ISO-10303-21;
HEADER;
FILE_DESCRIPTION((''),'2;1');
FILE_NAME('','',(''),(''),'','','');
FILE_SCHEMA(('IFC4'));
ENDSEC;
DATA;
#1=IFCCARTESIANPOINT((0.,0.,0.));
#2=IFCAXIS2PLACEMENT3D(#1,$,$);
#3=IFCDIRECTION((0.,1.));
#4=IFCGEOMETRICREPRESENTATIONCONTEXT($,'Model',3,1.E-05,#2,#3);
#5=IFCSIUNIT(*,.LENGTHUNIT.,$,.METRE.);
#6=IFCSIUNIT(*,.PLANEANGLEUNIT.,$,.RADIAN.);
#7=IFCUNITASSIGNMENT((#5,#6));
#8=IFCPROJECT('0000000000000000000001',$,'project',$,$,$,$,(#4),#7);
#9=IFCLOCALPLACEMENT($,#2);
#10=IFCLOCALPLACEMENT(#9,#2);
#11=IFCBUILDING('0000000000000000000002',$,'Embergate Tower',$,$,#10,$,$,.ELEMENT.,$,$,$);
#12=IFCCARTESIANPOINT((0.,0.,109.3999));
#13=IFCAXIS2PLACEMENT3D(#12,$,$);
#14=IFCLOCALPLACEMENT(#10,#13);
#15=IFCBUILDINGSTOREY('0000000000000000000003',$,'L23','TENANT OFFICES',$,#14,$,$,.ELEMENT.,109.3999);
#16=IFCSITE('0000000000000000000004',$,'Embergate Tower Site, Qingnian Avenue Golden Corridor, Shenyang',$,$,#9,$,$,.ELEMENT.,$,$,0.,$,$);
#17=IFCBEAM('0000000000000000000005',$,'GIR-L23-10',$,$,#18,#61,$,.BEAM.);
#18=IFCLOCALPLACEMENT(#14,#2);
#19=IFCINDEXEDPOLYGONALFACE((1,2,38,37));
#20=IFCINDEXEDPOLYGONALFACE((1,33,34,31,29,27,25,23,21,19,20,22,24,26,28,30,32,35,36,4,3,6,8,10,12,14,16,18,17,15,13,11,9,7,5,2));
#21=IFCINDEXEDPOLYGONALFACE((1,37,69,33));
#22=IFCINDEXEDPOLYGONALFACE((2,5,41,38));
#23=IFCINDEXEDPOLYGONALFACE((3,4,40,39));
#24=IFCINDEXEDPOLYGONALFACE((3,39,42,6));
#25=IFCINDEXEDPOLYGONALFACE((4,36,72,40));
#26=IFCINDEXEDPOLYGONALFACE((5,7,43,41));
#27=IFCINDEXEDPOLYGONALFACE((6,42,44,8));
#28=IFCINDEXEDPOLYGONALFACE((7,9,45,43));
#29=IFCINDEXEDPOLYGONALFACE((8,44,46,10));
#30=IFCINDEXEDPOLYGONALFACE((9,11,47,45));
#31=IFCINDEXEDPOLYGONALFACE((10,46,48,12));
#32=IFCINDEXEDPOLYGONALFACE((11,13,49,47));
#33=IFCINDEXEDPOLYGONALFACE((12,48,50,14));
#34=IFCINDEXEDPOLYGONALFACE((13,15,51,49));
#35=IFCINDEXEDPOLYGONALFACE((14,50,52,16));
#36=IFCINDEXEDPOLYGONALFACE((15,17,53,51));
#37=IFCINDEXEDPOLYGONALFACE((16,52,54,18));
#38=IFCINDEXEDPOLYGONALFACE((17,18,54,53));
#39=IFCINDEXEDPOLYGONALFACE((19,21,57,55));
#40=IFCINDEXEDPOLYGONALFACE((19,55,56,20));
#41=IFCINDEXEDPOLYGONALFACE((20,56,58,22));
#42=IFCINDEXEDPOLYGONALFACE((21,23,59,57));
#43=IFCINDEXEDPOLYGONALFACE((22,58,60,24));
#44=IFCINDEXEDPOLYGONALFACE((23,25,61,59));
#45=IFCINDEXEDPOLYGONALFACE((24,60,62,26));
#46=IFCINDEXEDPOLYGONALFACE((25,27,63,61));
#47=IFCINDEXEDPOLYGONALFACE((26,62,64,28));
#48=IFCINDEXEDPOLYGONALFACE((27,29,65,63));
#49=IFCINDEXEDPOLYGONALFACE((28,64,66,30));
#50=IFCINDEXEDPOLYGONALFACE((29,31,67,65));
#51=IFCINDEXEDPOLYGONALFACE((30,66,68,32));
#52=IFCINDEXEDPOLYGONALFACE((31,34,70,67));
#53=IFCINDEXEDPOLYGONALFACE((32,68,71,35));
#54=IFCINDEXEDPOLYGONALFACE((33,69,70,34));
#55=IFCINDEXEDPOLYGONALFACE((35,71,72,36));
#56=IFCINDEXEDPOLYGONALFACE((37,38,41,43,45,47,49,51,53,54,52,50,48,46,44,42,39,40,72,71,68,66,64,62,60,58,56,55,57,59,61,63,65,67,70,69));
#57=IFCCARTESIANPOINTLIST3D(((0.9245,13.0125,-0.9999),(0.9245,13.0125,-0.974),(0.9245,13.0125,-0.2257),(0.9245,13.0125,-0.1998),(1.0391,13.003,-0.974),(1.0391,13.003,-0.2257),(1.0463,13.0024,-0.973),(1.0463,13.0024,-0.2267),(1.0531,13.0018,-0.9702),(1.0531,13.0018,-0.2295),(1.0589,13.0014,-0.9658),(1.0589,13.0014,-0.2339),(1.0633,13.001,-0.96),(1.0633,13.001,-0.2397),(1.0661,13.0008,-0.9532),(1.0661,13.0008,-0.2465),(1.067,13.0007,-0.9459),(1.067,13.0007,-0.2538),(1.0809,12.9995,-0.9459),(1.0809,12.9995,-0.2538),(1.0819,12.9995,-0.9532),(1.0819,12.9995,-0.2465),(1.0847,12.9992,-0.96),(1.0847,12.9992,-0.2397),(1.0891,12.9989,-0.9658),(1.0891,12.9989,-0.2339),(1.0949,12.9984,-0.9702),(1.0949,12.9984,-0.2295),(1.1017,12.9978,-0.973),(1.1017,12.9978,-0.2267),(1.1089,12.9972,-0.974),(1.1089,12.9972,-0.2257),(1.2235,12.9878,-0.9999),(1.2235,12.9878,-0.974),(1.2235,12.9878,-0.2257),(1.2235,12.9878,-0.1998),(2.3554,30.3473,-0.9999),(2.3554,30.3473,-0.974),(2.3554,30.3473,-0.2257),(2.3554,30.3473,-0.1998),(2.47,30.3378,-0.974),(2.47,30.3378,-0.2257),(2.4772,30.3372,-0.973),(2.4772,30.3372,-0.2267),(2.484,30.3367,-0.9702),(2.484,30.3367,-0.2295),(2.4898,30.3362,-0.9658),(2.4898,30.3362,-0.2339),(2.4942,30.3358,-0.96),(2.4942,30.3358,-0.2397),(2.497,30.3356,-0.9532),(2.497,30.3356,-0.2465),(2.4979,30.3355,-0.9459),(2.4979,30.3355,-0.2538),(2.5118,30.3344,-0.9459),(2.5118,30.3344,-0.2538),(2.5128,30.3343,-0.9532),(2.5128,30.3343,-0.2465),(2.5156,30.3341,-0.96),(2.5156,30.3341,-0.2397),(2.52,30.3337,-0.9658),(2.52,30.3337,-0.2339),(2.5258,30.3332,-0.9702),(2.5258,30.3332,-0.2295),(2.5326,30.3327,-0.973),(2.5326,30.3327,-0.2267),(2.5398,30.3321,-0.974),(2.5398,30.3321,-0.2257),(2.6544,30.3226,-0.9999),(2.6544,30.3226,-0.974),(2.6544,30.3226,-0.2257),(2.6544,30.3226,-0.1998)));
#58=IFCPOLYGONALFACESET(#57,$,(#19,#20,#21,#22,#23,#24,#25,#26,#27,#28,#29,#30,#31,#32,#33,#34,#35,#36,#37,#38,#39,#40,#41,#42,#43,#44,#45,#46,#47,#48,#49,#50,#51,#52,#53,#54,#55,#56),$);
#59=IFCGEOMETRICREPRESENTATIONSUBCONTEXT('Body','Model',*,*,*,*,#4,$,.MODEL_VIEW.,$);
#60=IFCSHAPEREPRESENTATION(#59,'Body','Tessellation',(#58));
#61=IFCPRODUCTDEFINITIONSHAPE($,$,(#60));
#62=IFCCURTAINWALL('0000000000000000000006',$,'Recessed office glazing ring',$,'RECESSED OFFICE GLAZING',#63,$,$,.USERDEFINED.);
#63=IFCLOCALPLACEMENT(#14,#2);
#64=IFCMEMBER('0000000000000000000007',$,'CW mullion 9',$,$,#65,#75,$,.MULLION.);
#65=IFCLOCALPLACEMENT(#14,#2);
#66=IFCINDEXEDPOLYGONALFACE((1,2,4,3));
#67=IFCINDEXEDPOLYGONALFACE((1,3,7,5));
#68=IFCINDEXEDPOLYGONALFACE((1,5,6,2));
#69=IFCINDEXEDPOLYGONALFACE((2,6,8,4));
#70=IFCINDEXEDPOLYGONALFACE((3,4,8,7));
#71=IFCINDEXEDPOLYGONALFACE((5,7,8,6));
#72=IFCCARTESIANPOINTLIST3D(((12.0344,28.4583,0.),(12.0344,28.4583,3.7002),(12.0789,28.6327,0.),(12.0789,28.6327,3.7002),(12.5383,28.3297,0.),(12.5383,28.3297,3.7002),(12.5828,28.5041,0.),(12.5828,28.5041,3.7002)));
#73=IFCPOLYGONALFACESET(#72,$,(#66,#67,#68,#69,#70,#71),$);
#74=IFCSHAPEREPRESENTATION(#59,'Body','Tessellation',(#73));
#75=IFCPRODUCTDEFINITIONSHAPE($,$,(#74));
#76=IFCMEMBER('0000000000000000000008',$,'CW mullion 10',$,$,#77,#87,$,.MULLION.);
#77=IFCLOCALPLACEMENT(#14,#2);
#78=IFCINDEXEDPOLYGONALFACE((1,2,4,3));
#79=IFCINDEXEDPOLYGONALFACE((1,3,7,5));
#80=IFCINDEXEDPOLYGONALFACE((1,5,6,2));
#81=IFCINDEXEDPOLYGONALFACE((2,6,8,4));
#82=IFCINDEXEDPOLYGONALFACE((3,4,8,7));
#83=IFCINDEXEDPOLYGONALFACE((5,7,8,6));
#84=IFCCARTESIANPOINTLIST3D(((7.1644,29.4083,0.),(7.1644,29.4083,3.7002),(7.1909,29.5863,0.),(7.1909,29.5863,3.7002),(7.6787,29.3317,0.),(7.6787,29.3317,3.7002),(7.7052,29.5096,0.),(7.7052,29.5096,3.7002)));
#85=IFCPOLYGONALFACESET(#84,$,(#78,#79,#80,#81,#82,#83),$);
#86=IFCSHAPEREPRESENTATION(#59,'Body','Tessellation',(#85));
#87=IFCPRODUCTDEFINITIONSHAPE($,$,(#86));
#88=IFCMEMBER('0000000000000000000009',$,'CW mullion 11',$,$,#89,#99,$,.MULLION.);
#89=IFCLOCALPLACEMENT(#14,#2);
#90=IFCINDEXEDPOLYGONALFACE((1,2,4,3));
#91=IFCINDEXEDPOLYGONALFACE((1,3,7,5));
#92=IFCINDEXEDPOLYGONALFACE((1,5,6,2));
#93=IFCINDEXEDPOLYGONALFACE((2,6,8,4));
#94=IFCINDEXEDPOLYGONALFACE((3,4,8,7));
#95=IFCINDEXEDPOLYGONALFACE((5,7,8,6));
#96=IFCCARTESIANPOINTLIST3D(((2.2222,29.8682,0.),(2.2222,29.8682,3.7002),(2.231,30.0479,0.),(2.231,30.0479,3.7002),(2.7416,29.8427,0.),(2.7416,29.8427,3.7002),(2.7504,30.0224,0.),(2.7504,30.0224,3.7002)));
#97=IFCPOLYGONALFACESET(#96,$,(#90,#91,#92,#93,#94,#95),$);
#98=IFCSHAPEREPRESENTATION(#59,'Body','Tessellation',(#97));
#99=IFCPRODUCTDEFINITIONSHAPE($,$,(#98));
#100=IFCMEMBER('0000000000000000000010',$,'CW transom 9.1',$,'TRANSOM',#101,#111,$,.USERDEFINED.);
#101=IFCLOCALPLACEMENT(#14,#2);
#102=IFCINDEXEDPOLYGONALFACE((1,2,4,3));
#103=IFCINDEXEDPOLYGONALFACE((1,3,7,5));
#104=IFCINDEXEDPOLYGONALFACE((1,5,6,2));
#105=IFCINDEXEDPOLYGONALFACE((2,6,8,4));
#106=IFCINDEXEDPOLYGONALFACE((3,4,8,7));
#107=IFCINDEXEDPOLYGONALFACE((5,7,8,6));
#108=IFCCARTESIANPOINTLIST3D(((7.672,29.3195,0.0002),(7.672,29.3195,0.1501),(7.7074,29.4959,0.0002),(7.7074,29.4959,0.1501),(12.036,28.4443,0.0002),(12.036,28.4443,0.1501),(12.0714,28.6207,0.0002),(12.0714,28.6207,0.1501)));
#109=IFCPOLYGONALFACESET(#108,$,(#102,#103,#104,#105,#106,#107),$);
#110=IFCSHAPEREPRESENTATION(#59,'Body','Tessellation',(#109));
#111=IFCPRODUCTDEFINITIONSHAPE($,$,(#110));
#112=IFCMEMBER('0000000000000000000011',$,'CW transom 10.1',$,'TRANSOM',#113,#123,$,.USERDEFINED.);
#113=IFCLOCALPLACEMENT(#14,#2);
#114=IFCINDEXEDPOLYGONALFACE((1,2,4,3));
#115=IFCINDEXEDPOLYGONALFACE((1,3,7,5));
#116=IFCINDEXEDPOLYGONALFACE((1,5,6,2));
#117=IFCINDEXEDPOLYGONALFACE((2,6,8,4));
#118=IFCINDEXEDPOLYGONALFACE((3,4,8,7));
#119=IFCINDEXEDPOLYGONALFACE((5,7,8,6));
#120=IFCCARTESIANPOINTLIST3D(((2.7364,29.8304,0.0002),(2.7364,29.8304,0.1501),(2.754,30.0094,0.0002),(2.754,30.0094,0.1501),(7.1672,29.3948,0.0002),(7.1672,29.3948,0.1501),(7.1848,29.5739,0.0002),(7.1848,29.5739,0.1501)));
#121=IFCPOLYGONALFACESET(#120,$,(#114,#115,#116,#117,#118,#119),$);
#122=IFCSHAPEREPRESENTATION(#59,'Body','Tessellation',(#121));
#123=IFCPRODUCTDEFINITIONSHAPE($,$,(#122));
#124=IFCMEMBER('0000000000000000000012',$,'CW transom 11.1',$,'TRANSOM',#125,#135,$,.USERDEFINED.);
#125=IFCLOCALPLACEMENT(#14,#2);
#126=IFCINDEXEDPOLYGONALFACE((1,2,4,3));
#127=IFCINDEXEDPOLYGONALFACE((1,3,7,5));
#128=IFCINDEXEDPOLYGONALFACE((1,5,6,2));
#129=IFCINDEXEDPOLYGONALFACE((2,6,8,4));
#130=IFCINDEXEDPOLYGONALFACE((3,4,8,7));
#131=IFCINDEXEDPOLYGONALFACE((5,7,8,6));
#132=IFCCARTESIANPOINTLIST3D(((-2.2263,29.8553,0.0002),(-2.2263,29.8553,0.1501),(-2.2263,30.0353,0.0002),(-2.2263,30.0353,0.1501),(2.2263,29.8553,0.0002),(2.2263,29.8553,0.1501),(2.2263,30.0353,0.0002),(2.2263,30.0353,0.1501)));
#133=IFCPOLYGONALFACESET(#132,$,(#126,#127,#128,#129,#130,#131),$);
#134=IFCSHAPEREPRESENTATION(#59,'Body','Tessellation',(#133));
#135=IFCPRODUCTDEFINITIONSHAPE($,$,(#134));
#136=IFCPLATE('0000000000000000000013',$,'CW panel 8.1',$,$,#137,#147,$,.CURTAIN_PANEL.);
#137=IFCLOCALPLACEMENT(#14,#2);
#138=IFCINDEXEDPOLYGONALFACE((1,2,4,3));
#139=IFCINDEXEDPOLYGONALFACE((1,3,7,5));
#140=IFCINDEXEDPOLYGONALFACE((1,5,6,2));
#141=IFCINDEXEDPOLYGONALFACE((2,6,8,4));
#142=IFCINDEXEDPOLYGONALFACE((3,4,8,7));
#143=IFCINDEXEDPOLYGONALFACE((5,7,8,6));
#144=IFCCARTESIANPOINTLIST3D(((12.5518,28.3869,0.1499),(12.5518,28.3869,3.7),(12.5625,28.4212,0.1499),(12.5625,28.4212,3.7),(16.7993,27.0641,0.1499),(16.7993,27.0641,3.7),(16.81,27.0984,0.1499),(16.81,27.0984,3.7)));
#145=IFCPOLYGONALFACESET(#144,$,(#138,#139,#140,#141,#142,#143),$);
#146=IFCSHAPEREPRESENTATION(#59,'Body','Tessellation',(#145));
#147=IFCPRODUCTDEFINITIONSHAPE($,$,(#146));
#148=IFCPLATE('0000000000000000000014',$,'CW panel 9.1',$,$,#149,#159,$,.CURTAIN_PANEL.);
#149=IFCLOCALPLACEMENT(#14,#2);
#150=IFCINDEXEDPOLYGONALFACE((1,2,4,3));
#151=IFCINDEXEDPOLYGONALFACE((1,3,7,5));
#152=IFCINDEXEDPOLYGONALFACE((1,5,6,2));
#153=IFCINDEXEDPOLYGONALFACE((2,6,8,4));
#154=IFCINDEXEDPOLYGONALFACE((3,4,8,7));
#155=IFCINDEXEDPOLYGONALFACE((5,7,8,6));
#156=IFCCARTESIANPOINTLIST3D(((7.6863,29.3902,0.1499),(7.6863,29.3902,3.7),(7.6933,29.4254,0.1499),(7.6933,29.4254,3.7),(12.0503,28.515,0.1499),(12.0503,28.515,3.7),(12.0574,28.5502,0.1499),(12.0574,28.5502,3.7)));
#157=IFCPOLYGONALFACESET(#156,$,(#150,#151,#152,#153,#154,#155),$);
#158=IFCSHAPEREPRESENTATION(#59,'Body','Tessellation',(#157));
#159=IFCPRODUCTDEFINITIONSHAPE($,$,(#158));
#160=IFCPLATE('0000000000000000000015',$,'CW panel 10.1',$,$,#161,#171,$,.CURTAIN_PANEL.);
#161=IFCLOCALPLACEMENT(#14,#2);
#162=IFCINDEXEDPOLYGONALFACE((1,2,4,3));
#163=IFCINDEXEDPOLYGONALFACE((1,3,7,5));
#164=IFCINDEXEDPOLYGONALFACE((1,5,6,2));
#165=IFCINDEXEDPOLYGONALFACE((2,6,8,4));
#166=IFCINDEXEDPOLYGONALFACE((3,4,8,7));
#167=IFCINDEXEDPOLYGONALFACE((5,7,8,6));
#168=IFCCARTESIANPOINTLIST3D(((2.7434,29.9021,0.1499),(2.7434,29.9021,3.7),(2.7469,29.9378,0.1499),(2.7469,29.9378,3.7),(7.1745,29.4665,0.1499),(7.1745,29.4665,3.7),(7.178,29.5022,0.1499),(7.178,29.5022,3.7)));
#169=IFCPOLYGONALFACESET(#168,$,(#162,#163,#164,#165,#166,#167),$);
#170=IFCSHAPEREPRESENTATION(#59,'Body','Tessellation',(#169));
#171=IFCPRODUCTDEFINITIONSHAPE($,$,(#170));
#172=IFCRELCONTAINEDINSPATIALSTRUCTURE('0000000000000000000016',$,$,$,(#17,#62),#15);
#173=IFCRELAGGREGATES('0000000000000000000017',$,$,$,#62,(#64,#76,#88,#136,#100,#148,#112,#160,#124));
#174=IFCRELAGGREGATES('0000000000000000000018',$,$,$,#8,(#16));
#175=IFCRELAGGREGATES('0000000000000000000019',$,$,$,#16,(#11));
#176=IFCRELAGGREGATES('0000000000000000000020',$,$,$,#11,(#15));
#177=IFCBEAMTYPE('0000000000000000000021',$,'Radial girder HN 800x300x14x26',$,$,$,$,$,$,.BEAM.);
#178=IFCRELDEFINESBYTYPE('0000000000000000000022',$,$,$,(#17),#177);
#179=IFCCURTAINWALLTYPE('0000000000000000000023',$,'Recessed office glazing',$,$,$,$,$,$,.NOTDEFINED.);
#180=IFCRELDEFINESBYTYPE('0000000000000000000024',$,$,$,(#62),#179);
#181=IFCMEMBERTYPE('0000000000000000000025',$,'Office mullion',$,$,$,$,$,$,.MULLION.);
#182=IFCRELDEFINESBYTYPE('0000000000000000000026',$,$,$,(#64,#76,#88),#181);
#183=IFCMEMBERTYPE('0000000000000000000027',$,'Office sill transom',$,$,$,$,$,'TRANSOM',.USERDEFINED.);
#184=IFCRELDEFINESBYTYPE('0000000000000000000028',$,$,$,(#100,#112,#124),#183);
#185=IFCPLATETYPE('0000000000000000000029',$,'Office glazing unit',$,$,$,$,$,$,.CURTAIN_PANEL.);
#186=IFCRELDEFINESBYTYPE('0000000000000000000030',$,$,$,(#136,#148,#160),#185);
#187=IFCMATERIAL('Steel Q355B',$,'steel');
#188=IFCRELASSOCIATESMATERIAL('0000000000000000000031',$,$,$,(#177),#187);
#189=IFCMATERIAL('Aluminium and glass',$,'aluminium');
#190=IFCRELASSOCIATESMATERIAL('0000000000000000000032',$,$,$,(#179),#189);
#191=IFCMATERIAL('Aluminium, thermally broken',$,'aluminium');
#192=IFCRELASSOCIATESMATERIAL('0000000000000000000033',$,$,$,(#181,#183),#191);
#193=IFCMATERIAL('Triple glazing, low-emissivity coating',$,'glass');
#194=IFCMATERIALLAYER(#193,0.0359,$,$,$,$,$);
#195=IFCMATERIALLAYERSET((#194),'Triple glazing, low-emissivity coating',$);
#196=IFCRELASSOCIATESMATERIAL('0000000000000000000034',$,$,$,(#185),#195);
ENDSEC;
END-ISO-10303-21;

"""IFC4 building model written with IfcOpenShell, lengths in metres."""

from ifc_helpers import new_model, si_unit, direction, frame, origin, origin_2d, place, context, subcontext, project, spatial, rectangle, i_section, extrude, source, transform, mapped, material, layer, layer_set, material_profile, profile_set, type_object, element, aggregate, save


model = new_model("IFC4")

# Units and contexts
model_context = context("Model", 3, precision=1e-05, world=origin(), true_north=direction((0.0, 1.0)))
body_context = subcontext(model_context, "Body", "Model", "MODEL_VIEW")
ifc_project = project(units=[si_unit("LENGTHUNIT", "METRE"), si_unit("PLANEANGLEUNIT", "RADIAN")], contexts=[model_context])

# Site, building, storey
site_placement = place(None, origin())
site = spatial("IfcSite", under=ifc_project, at=site_placement, Name="Embergate Tower Site, Qingnian Avenue Golden Corridor, Shenyang", CompositionType="ELEMENT", RefElevation=0.0)
building_placement = place(site_placement, origin())
building = spatial("IfcBuilding", under=site, at=building_placement, Name="Embergate Tower", CompositionType="ELEMENT")
storey_placement = place(building_placement, frame((0.0, 0.0, 109.3999)))
storey = spatial("IfcBuildingStorey", under=building, at=storey_placement, Name="L23", Description="TENANT OFFICES", CompositionType="ELEMENT", Elevation=109.3999)

# Beam
ifc_material_1 = material(Name="Steel Q355B", Category="steel")
ifc_material_profile_1 = material_profile(ifc_material_1, i_section(OverallWidth=0.3, OverallDepth=0.8, WebThickness=0.0139, FlangeThickness=0.0259, FilletRadius=0.0281, at=origin_2d()), Name="HN 800x300x14x26")
ifc_profile_set_1 = profile_set([ifc_material_profile_1], Name="Steel Q355 grade B")
beam_type_1 = type_object("IfcBeamType", Name="Radial girder HN 800x300x14x26", PredefinedType="BEAM", material=ifc_profile_set_1)
shared_shape_1 = source(origin(), body_context, "Body", "SweptSolid", [
    extrude(i_section(OverallWidth=0.3, OverallDepth=0.8, WebThickness=0.0139, FlangeThickness=0.0259, FilletRadius=0.0281, at=origin_2d()), origin(), (0.0, 0.0, 1.0), 17.3938),
])
beam_1_placement = place(storey_placement, frame((2.5049, 30.335, -0.5999), z_axis=(-0.082265, -0.996611, 0.0), x_axis=(0.996611, -0.082265, 0.0)))
element("IfcBeam", 1, at=beam_1_placement, inside=storey, type_object=beam_type_1, Name="GIR-L23-10", PredefinedType="BEAM", context=body_context, shape_type="MappedRepresentation", body=[
    mapped(shared_shape_1, transform((0.0, 0.0, 0.0))),
])

# Curtain wall, members, plates
ifc_material_2 = material(Name="Aluminium and glass", Category="aluminium")
curtain_wall_type = type_object("IfcCurtainWallType", Name="Recessed office glazing", PredefinedType="NOTDEFINED", material=ifc_material_2)
curtain_wall_placement = place(storey_placement, origin())
curtain_wall = element("IfcCurtainWall", 2, at=curtain_wall_placement, inside=storey, type_object=curtain_wall_type, Name="Recessed office glazing ring", ObjectType="RECESSED OFFICE GLAZING", PredefinedType="USERDEFINED")
ifc_material_3 = material(Name="Aluminium, thermally broken", Category="aluminium")
ifc_material_profile_2 = material_profile(ifc_material_3, rectangle(XDim=0.1799, YDim=0.52, at=origin_2d()), Name="AL 520x180")
ifc_profile_set_2 = profile_set([ifc_material_profile_2], Name="Aluminium, thermally broken")
member_type_1 = type_object("IfcMemberType", Name="Office mullion", PredefinedType="MULLION", material=ifc_profile_set_2)
shared_shape_2 = source(origin(), body_context, "Body", "SweptSolid", [
    extrude(rectangle(XDim=0.1799, YDim=0.52, at=origin_2d()), origin(), (0.0, 0.0, 1.0), 3.7002),
])
member_1_placement = place(storey_placement, frame((12.3086, 28.4812, 0.0), z_axis=(0.0, 0.0, 1.0), x_axis=(-0.247317, -0.968935, 0.0)))
member_1 = element("IfcMember", 3, at=member_1_placement, type_object=member_type_1, Name="CW mullion 9", PredefinedType="MULLION", context=body_context, shape_type="MappedRepresentation", body=[
    mapped(shared_shape_2, transform((0.0, 0.0, 0.0))),
])
member_2_placement = place(storey_placement, frame((7.4348, 29.459, 0.0), z_axis=(0.0, 0.0, 1.0), x_axis=(-0.147416, -0.989075, 0.0)))
member_2 = element("IfcMember", 4, at=member_2_placement, type_object=member_type_1, Name="CW mullion 10", PredefinedType="MULLION", context=body_context, shape_type="MappedRepresentation", body=[
    mapped(shared_shape_2, transform((0.0, 0.0, 0.0))),
])
member_3_placement = place(storey_placement, frame((2.4863, 29.9453, 0.0), z_axis=(0.0, 0.0, 1.0), x_axis=(-0.048972, -0.9988, 0.0)))
member_3 = element("IfcMember", 5, at=member_3_placement, type_object=member_type_1, Name="CW mullion 11", PredefinedType="MULLION", context=body_context, shape_type="MappedRepresentation", body=[
    mapped(shared_shape_2, transform((0.0, 0.0, 0.0))),
])
ifc_material_profile_3 = material_profile(ifc_material_3, rectangle(XDim=0.1799, YDim=0.1499, at=origin_2d()), Name="AL 150x180")
ifc_profile_set_3 = profile_set([ifc_material_profile_3], Name="Aluminium, thermally broken")
member_type_2 = type_object("IfcMemberType", Name="Office sill transom", ElementType="TRANSOM", PredefinedType="USERDEFINED", material=ifc_profile_set_3)
shared_shape_3 = source(origin(), body_context, "Body", "SweptSolid", [
    extrude(rectangle(XDim=0.1799, YDim=0.1499, at=origin_2d()), origin(), (0.0, 0.0, 1.0), 4.4509),
])
member_4_placement = place(storey_placement, frame((12.0537, 28.5325, 0.0752), z_axis=(-0.980475, 0.196644, 0.0), x_axis=(-0.196644, -0.980475, 0.0)))
member_4 = element("IfcMember", 6, at=member_4_placement, type_object=member_type_2, Name="CW transom 9.1", ObjectType="TRANSOM", PredefinedType="USERDEFINED", context=body_context, shape_type="MappedRepresentation", body=[
    mapped(shared_shape_3, transform((0.0, 0.0, 0.0))),
])
shared_shape_4 = source(origin(), body_context, "Body", "SweptSolid", [
    extrude(rectangle(XDim=0.1799, YDim=0.1499, at=origin_2d()), origin(), (0.0, 0.0, 1.0), 4.4521),
])
member_5_placement = place(storey_placement, frame((7.176, 29.4844, 0.0752), z_axis=(-0.995204, 0.097826, 0.0), x_axis=(-0.097826, -0.995204, 0.0)))
member_5 = element("IfcMember", 7, at=member_5_placement, type_object=member_type_2, Name="CW transom 10.1", ObjectType="TRANSOM", PredefinedType="USERDEFINED", context=body_context, shape_type="MappedRepresentation", body=[
    mapped(shared_shape_4, transform((0.0, 0.0, 0.0))),
])
shared_shape_5 = source(origin(), body_context, "Body", "SweptSolid", [
    extrude(rectangle(XDim=0.1799, YDim=0.1499, at=origin_2d()), origin(), (0.0, 0.0, 1.0), 4.4526),
])
member_6_placement = place(storey_placement, frame((2.2263, 29.9453, 0.0752), z_axis=(-1.0, 0.0, 0.0), x_axis=(0.0, -1.0, 0.0)))
member_6 = element("IfcMember", 8, at=member_6_placement, type_object=member_type_2, Name="CW transom 11.1", ObjectType="TRANSOM", PredefinedType="USERDEFINED", context=body_context, shape_type="MappedRepresentation", body=[
    mapped(shared_shape_5, transform((0.0, 0.0, 0.0))),
])
ifc_material_4 = material(Name="Triple glazing, low-emissivity coating", Category="glass")
ifc_layer_1 = layer(ifc_material_4, 0.0359)
ifc_layer_set_1 = layer_set([ifc_layer_1], Name="Triple glazing, low-emissivity coating")
plate_type = type_object("IfcPlateType", Name="Office glazing unit", PredefinedType="CURTAIN_PANEL", material=ifc_layer_set_1)
shared_shape_6 = source(origin(), body_context, "Body", "SweptSolid", [
    extrude(rectangle(XDim=4.4487, YDim=0.0359, at=origin_2d()), origin(), (0.0, 0.0, 1.0), 3.55),
])
plate_1_placement = place(storey_placement, frame((14.6809, 27.7427, 0.1499), z_axis=(0.0, 0.0, 1.0), x_axis=(-0.95477, 0.297345, 0.0)))
plate_1 = element("IfcPlate", 9, at=plate_1_placement, type_object=plate_type, Name="CW panel 8.1", PredefinedType="CURTAIN_PANEL", context=body_context, shape_type="MappedRepresentation", body=[
    mapped(shared_shape_6, transform((0.0, 0.0, 0.0))),
])
shared_shape_7 = source(origin(), body_context, "Body", "SweptSolid", [
    extrude(rectangle(XDim=4.4509, YDim=0.0359, at=origin_2d()), origin(), (0.0, 0.0, 1.0), 3.55),
])
plate_2_placement = place(storey_placement, frame((9.8718, 28.9702, 0.1499), z_axis=(0.0, 0.0, 1.0), x_axis=(-0.980475, 0.196644, 0.0)))
plate_2 = element("IfcPlate", 10, at=plate_2_placement, type_object=plate_type, Name="CW panel 9.1", PredefinedType="CURTAIN_PANEL", context=body_context, shape_type="MappedRepresentation", body=[
    mapped(shared_shape_7, transform((0.0, 0.0, 0.0))),
])
shared_shape_8 = source(origin(), body_context, "Body", "SweptSolid", [
    extrude(rectangle(XDim=4.4524, YDim=0.0359, at=origin_2d()), origin(), (0.0, 0.0, 1.0), 3.55),
])
plate_3_placement = place(storey_placement, frame((4.9607, 29.7021, 0.1499), z_axis=(0.0, 0.0, 1.0), x_axis=(-0.995203, 0.097831, 0.0)))
plate_3 = element("IfcPlate", 11, at=plate_3_placement, type_object=plate_type, Name="CW panel 10.1", PredefinedType="CURTAIN_PANEL", context=body_context, shape_type="MappedRepresentation", body=[
    mapped(shared_shape_8, transform((0.0, 0.0, 0.0))),
])
aggregate(curtain_wall, [member_1, member_2, member_3, plate_1, member_4, plate_2, member_5, plate_3, member_6])

save(model, "model.ifc")
